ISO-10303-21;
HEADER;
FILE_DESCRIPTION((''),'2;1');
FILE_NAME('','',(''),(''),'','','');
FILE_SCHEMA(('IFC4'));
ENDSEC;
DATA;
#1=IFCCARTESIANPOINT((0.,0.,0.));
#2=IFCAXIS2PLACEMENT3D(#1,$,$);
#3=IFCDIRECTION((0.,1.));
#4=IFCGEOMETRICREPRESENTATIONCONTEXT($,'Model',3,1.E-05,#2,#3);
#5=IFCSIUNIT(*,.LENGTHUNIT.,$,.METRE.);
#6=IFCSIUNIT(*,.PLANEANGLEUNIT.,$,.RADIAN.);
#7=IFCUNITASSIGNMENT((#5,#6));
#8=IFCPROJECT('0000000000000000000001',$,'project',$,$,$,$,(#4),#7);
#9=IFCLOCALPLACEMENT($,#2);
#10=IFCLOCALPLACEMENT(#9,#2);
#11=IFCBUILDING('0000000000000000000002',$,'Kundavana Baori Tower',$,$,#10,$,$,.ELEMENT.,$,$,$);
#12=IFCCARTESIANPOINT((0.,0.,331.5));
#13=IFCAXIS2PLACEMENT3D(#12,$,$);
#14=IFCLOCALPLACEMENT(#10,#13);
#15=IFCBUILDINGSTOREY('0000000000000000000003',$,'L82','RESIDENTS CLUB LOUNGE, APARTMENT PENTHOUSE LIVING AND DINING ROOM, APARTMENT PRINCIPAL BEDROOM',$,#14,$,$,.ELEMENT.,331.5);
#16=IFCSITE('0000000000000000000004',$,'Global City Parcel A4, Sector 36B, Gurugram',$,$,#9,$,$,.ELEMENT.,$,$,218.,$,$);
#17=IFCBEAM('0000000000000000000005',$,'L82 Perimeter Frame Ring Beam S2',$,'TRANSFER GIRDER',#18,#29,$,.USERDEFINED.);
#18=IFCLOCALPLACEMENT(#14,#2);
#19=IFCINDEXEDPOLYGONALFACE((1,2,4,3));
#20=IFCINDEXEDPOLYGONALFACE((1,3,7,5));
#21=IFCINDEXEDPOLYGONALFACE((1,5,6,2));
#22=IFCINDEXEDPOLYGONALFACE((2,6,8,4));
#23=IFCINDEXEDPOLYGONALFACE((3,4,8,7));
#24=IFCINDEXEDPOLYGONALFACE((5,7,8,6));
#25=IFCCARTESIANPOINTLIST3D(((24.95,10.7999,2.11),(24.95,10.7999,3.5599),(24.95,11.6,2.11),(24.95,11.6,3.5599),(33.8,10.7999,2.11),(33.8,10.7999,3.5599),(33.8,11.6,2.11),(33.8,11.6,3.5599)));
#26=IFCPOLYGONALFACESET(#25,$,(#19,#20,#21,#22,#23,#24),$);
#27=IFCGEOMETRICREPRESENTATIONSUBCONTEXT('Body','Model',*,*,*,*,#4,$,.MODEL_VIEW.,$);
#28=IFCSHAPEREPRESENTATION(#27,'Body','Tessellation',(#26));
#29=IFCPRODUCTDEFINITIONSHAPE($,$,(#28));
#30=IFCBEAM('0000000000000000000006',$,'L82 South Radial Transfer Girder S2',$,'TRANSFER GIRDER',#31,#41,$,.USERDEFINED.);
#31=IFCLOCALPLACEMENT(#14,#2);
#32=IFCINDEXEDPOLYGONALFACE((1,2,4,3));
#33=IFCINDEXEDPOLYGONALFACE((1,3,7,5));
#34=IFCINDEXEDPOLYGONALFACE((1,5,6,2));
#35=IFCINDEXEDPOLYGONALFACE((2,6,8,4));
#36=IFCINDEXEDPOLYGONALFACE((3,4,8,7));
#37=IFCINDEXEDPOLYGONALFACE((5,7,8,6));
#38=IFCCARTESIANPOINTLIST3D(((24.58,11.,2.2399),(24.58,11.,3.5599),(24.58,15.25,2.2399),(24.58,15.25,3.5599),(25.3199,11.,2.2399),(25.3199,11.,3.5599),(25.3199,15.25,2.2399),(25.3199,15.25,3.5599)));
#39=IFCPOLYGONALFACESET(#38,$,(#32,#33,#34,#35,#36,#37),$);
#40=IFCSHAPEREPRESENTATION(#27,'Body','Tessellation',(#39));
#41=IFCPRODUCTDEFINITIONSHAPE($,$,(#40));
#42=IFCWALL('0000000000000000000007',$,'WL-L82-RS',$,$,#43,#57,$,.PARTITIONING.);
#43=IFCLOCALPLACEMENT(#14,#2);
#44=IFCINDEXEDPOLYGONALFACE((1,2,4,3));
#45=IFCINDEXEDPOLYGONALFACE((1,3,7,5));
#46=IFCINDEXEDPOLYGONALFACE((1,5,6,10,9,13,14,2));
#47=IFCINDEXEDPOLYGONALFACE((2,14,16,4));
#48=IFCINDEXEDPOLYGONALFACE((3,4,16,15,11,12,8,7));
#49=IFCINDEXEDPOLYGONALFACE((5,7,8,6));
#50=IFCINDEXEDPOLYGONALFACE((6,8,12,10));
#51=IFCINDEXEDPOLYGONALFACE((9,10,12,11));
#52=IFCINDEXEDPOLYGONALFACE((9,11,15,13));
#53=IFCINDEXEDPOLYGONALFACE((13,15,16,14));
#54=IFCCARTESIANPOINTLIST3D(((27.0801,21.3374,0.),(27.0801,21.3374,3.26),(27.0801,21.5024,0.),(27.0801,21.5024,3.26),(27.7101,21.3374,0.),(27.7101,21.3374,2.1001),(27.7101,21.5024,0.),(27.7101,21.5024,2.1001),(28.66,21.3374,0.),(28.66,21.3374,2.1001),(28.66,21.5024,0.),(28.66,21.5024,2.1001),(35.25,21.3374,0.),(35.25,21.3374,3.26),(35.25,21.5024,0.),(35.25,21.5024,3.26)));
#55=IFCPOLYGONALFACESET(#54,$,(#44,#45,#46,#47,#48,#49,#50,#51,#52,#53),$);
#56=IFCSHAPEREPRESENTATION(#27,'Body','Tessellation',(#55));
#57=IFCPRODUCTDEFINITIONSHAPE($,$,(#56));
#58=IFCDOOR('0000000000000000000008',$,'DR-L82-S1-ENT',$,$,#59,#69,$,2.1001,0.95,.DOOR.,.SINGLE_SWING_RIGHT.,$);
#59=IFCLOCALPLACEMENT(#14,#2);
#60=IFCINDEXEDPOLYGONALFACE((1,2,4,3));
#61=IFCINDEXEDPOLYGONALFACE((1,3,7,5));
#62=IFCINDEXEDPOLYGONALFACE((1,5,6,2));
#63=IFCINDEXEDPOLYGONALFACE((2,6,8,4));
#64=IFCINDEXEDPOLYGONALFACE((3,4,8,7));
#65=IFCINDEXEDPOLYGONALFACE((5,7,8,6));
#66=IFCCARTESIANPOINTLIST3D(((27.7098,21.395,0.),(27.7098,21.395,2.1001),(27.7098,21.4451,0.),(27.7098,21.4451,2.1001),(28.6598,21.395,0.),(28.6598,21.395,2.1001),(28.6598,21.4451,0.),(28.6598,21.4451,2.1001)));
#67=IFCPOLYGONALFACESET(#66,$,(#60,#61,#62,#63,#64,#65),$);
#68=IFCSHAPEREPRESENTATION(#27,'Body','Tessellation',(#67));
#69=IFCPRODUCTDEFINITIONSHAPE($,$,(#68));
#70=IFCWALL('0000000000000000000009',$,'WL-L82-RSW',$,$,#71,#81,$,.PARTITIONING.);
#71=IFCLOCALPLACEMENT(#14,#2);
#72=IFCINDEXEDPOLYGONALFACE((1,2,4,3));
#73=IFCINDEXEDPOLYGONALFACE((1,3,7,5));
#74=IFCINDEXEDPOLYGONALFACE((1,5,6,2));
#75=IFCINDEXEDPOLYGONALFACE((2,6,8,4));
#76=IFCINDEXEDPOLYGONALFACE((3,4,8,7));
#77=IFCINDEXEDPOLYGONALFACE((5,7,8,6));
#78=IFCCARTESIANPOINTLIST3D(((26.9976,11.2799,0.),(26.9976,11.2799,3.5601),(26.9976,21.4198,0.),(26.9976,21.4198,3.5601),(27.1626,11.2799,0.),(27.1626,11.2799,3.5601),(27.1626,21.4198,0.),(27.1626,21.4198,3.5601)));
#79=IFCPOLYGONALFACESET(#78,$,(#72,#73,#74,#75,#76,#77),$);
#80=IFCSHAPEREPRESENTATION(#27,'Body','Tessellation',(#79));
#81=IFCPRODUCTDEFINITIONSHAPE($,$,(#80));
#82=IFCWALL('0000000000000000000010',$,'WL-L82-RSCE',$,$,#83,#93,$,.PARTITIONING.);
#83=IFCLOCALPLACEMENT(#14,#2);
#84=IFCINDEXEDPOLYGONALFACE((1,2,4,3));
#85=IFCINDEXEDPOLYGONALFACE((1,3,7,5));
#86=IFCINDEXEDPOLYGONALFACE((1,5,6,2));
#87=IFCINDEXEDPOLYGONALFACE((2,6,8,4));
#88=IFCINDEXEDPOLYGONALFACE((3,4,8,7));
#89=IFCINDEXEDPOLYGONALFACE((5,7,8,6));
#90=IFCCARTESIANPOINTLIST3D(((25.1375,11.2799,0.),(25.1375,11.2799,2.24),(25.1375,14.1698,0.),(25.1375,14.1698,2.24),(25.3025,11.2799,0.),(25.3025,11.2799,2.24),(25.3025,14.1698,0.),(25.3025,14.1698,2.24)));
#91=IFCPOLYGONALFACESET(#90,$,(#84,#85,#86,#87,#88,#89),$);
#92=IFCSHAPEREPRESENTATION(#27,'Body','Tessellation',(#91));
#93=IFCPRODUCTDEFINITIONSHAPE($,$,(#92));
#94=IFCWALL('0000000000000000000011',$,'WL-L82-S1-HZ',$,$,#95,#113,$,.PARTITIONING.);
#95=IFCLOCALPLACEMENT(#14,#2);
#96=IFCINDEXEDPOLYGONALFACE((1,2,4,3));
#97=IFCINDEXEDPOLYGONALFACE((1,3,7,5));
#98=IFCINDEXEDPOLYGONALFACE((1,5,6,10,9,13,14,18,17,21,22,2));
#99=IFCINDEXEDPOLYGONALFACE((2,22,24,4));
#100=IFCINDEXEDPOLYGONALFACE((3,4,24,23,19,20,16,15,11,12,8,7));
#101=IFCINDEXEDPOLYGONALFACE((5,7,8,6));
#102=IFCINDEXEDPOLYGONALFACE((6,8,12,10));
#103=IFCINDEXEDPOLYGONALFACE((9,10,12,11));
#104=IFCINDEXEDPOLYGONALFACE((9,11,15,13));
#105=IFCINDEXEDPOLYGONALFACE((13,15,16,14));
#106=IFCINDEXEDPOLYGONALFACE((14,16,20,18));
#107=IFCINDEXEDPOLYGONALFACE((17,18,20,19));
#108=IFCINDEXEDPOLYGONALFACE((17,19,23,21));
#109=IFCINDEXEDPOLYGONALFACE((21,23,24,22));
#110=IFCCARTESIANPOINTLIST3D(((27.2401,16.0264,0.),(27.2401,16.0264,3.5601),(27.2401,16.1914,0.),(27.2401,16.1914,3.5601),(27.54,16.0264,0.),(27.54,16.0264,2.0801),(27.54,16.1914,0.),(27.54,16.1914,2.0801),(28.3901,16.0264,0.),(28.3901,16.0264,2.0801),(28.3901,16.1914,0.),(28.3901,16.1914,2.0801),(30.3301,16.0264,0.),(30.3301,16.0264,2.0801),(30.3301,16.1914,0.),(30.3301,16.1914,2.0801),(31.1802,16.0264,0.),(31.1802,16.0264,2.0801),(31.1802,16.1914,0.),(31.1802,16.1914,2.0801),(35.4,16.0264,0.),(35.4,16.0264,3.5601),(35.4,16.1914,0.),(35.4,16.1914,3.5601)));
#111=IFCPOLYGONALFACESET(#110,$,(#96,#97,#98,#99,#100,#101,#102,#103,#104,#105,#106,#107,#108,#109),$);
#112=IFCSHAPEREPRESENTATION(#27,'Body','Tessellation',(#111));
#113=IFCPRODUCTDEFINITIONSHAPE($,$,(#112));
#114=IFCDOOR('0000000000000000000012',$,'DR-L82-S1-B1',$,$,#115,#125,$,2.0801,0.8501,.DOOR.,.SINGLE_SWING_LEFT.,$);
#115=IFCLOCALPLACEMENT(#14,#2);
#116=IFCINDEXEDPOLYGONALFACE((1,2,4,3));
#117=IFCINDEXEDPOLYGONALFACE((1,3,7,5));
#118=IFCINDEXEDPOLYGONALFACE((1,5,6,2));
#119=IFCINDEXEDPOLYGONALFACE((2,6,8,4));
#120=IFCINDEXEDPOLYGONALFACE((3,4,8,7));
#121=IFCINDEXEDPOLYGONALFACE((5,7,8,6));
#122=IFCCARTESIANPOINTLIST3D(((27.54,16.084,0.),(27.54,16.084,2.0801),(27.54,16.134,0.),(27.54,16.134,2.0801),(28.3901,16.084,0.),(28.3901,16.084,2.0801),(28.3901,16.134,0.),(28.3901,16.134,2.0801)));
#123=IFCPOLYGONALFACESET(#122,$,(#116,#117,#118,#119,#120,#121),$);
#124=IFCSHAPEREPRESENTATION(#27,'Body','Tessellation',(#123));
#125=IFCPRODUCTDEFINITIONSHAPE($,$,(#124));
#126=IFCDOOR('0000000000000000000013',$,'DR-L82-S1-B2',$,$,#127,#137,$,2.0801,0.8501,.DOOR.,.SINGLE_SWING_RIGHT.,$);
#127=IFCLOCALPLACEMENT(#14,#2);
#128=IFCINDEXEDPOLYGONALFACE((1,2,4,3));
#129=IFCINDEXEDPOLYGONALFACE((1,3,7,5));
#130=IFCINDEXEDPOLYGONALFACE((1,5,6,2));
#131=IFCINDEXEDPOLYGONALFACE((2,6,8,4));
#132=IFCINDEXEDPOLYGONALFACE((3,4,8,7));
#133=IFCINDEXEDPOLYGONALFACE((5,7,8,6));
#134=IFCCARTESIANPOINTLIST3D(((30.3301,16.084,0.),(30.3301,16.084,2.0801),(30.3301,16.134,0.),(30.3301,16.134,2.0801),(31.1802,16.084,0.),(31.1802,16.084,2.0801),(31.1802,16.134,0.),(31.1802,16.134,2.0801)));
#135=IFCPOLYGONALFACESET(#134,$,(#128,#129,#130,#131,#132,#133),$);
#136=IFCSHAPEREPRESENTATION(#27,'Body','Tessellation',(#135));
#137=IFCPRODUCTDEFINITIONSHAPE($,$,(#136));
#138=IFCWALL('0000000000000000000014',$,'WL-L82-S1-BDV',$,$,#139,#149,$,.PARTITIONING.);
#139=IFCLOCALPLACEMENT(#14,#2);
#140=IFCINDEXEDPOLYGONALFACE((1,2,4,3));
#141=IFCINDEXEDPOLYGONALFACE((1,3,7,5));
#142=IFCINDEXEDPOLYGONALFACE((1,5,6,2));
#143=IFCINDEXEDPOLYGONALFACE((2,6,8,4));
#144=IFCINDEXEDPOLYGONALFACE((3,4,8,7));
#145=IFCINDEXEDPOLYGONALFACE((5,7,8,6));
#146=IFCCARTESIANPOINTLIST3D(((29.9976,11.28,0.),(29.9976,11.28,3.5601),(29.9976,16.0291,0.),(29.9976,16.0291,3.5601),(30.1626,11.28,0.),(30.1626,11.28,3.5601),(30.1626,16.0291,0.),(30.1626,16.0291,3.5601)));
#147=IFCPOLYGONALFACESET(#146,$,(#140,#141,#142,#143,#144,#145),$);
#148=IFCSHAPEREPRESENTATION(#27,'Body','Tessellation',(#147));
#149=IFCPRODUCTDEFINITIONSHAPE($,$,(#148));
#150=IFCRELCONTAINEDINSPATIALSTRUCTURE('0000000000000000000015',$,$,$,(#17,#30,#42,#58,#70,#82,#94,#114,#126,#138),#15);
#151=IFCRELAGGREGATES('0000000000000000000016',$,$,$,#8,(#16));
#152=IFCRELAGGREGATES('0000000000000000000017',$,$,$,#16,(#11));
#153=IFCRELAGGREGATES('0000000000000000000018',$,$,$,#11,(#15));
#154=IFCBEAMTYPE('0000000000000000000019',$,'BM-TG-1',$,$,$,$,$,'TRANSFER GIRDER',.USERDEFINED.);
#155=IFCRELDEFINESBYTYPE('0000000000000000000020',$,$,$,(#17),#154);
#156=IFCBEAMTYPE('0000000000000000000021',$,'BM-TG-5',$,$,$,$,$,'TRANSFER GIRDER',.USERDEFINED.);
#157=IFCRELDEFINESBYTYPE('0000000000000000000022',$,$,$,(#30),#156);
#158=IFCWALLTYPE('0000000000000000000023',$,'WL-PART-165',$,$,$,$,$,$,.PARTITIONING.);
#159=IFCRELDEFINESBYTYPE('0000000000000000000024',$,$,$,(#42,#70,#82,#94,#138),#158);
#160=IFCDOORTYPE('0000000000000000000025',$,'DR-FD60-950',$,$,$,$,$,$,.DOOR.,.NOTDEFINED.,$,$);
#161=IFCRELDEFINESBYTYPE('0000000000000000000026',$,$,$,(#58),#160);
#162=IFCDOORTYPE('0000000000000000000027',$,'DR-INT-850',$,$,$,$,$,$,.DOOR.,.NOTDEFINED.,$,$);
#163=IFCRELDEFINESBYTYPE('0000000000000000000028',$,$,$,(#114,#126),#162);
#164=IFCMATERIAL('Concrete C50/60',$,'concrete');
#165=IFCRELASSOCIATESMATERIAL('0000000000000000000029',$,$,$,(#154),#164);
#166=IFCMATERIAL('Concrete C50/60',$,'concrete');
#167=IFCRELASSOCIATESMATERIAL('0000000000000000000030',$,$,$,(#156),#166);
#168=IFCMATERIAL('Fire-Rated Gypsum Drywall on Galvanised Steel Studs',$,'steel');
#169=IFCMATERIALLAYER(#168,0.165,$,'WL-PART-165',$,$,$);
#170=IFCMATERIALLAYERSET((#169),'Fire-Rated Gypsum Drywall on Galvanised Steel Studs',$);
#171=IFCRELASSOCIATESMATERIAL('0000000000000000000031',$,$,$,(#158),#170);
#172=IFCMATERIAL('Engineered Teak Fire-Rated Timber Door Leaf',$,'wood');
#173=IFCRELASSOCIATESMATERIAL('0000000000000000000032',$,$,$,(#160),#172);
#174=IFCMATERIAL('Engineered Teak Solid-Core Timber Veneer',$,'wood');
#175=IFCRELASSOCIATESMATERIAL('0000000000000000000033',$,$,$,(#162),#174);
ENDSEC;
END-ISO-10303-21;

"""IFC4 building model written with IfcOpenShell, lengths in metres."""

from ifc_helpers import new_model, si_unit, direction, frame, frame_2d, origin, origin_2d, place, context, subcontext, project, spatial, rectangle, extrude, material, layer, layer_set, material_profile, profile_set, type_object, element, fill, save


model = new_model("IFC4")

# Units and contexts
model_context = context("Model", 3, precision=1e-05, world=origin(), true_north=direction((0.0, 1.0)))
body_context = subcontext(model_context, "Body", "Model", "MODEL_VIEW")
ifc_project = project(units=[si_unit("LENGTHUNIT", "METRE"), si_unit("PLANEANGLEUNIT", "RADIAN")], contexts=[model_context])

# Site, building, storey
site_placement = place(None, origin())
site = spatial("IfcSite", under=ifc_project, at=site_placement, Name="Global City Parcel A4, Sector 36B, Gurugram", CompositionType="ELEMENT", RefElevation=218.0)
building_placement = place(site_placement, origin())
building = spatial("IfcBuilding", under=site, at=building_placement, Name="Kundavana Baori Tower", CompositionType="ELEMENT")
storey_placement = place(building_placement, frame((0.0, 0.0, 331.5)))
storey = spatial("IfcBuildingStorey", under=building, at=storey_placement, Name="L82", Description="RESIDENTS CLUB LOUNGE, APARTMENT PENTHOUSE LIVING AND DINING ROOM, APARTMENT PRINCIPAL BEDROOM", CompositionType="ELEMENT", Elevation=331.5)

# Beams
ifc_material_1 = material(Name="Concrete C50/60", Category="concrete")
ifc_material_profile_1 = material_profile(ifc_material_1, rectangle(XDim=0.8, YDim=1.45, at=origin_2d()), Name="BM-TG-1")
ifc_profile_set_1 = profile_set([ifc_material_profile_1], Name="Concrete C50/60")
beam_type_1 = type_object("IfcBeamType", Name="BM-TG-1", ElementType="TRANSFER GIRDER", PredefinedType="USERDEFINED", material=ifc_profile_set_1)
beam_1_placement = place(storey_placement, frame((24.95, 11.2, 2.835), z_axis=(1.0, 0.0, 0.0), x_axis=(0.0, 1.0, 0.0)))
element("IfcBeam", 1, at=beam_1_placement, inside=storey, type_object=beam_type_1, Name="L82 Perimeter Frame Ring Beam S2", ObjectType="TRANSFER GIRDER", PredefinedType="USERDEFINED", context=body_context, shape_type="SweptSolid", body=[
    extrude(rectangle(XDim=0.8, YDim=1.45, at=origin_2d()), origin(), (0.0, 0.0, 1.0), 8.8501),
])
ifc_material_2 = material(Name="Concrete C50/60", Category="concrete")
ifc_material_profile_2 = material_profile(ifc_material_2, rectangle(XDim=0.74, YDim=1.3201, at=origin_2d()), Name="BM-TG-5")
ifc_profile_set_2 = profile_set([ifc_material_profile_2], Name="Concrete C50/60")
beam_type_2 = type_object("IfcBeamType", Name="BM-TG-5", ElementType="TRANSFER GIRDER", PredefinedType="USERDEFINED", material=ifc_profile_set_2)
beam_2_placement = place(storey_placement, frame((24.95, 15.25, 2.8999), z_axis=(0.0, -1.0, 0.0), x_axis=(1.0, 0.0, 0.0)))
element("IfcBeam", 2, at=beam_2_placement, inside=storey, type_object=beam_type_2, Name="L82 South Radial Transfer Girder S2", ObjectType="TRANSFER GIRDER", PredefinedType="USERDEFINED", context=body_context, shape_type="SweptSolid", body=[
    extrude(rectangle(XDim=0.74, YDim=1.3201, at=origin_2d()), origin(), (0.0, 0.0, 1.0), 4.25),
])

# Wall, opening, door
ifc_material_3 = material(Name="Fire-Rated Gypsum Drywall on Galvanised Steel Studs", Category="steel")
ifc_layer_1 = layer(ifc_material_3, 0.165, Name="WL-PART-165")
ifc_layer_set_1 = layer_set([ifc_layer_1], Name="Fire-Rated Gypsum Drywall on Galvanised Steel Studs")
wall_type_1 = type_object("IfcWallType", Name="WL-PART-165", PredefinedType="PARTITIONING", material=ifc_layer_set_1)
wall_1_placement = place(storey_placement, frame((27.0801, 21.4199, 0.0), z_axis=(0.0, 0.0, 1.0), x_axis=(1.0, 0.0, 0.0)))
wall_1 = element("IfcWall", 3, at=wall_1_placement, inside=storey, type_object=wall_type_1, Name="WL-L82-RS", PredefinedType="PARTITIONING", context=body_context, shape_type="SweptSolid", body=[
    extrude(rectangle(XDim=8.1699, YDim=0.165, at=frame_2d((4.085, 0.0))), origin(), (0.0, 0.0, 1.0), 3.26),
])
opening_1_placement = place(wall_1_placement, frame((0.6299, 0.0, 0.0)))
opening_1 = element("IfcOpeningElement", 4, at=opening_1_placement, cuts=wall_1, PredefinedType="OPENING", context=body_context, shape_type="SweptSolid", body=[
    extrude(rectangle(XDim=0.95, YDim=2.1001, at=frame_2d((0.4751, 1.05))), frame((0.0, 0.0925, 0.0), z_axis=(0.0, -1.0, 0.0), x_axis=(1.0, 0.0, 0.0)), (0.0, 0.0, 1.0), 0.1851),
])
ifc_material_4 = material(Name="Engineered Teak Fire-Rated Timber Door Leaf", Category="wood")
door_type_1 = type_object("IfcDoorType", Name="DR-FD60-950", OperationType="NOTDEFINED", PredefinedType="DOOR", material=ifc_material_4)
door_1_placement = place(opening_1_placement, frame((0.95, 0.0, 0.0), z_axis=(0.0, 0.0, 1.0), x_axis=(-1.0, 0.0, 0.0)))
door_1 = element("IfcDoor", 5, at=door_1_placement, inside=storey, type_object=door_type_1, Name="DR-L82-S1-ENT", OperationType="SINGLE_SWING_RIGHT", OverallHeight=2.1001, OverallWidth=0.95, PredefinedType="DOOR", context=body_context, shape_type="SweptSolid", body=[
    extrude(rectangle(XDim=0.95, YDim=2.1001, at=frame_2d((0.4751, 1.05))), frame((0.0, 0.0249, 0.0), z_axis=(0.0, -1.0, 0.0), x_axis=(1.0, 0.0, 0.0)), (0.0, 0.0, 1.0), 0.05),
])
fill(opening_1, door_1)

# Walls
wall_2_placement = place(storey_placement, frame((27.0801, 11.28, 0.0), z_axis=(0.0, 0.0, 1.0), x_axis=(0.0, 1.0, 0.0)))
element("IfcWall", 6, at=wall_2_placement, inside=storey, type_object=wall_type_1, Name="WL-L82-RSW", PredefinedType="PARTITIONING", context=body_context, shape_type="SweptSolid", body=[
    extrude(rectangle(XDim=10.1399, YDim=0.165, at=frame_2d((5.0698, 0.0))), origin(), (0.0, 0.0, 1.0), 3.5601),
])
wall_3_placement = place(storey_placement, frame((25.22, 11.28, 0.0), z_axis=(0.0, 0.0, 1.0), x_axis=(0.0, 1.0, 0.0)))
element("IfcWall", 7, at=wall_3_placement, inside=storey, type_object=wall_type_1, Name="WL-L82-RSCE", PredefinedType="PARTITIONING", context=body_context, shape_type="SweptSolid", body=[
    extrude(rectangle(XDim=2.8899, YDim=0.165, at=frame_2d((1.4448, 0.0))), origin(), (0.0, 0.0, 1.0), 2.24),
])

# Wall, openings, doors
wall_4_placement = place(storey_placement, frame((27.24, 16.1089, 0.0), z_axis=(0.0, 0.0, 1.0), x_axis=(1.0, 0.0, 0.0)))
wall_4 = element("IfcWall", 8, at=wall_4_placement, inside=storey, type_object=wall_type_1, Name="WL-L82-S1-HZ", PredefinedType="PARTITIONING", context=body_context, shape_type="SweptSolid", body=[
    extrude(rectangle(XDim=8.1599, YDim=0.165, at=frame_2d((4.0801, 0.0))), origin(), (0.0, 0.0, 1.0), 3.5601),
])
opening_2_placement = place(wall_4_placement, frame((0.3, 0.0, 0.0)))
opening_2 = element("IfcOpeningElement", 9, at=opening_2_placement, cuts=wall_4, PredefinedType="OPENING", context=body_context, shape_type="SweptSolid", body=[
    extrude(rectangle(XDim=0.8501, YDim=2.0801, at=frame_2d((0.425, 1.04))), frame((0.0, 0.0925, 0.0), z_axis=(0.0, -1.0, 0.0), x_axis=(1.0, 0.0, 0.0)), (0.0, 0.0, 1.0), 0.1851),
])
opening_3_placement = place(wall_4_placement, frame((3.0901, 0.0, 0.0)))
opening_3 = element("IfcOpeningElement", 10, at=opening_3_placement, cuts=wall_4, PredefinedType="OPENING", context=body_context, shape_type="SweptSolid", body=[
    extrude(rectangle(XDim=0.8501, YDim=2.0801, at=frame_2d((0.425, 1.04))), frame((0.0, 0.0925, 0.0), z_axis=(0.0, -1.0, 0.0), x_axis=(1.0, 0.0, 0.0)), (0.0, 0.0, 1.0), 0.1851),
])
ifc_material_5 = material(Name="Engineered Teak Solid-Core Timber Veneer", Category="wood")
door_type_2 = type_object("IfcDoorType", Name="DR-INT-850", OperationType="NOTDEFINED", PredefinedType="DOOR", material=ifc_material_5)
door_2_placement = place(opening_2_placement, frame((0.8501, 0.0, 0.0), z_axis=(0.0, 0.0, 1.0), x_axis=(-1.0, 0.0, 0.0)))
door_2 = element("IfcDoor", 11, at=door_2_placement, inside=storey, type_object=door_type_2, Name="DR-L82-S1-B1", OperationType="SINGLE_SWING_LEFT", OverallHeight=2.0801, OverallWidth=0.8501, PredefinedType="DOOR", context=body_context, shape_type="SweptSolid", body=[
    extrude(rectangle(XDim=0.8501, YDim=2.0801, at=frame_2d((0.425, 1.04))), frame((0.0, 0.0249, 0.0), z_axis=(0.0, -1.0, 0.0), x_axis=(1.0, 0.0, 0.0)), (0.0, 0.0, 1.0), 0.05),
])
fill(opening_2, door_2)
door_3_placement = place(opening_3_placement, frame((0.8501, 0.0, 0.0), z_axis=(0.0, 0.0, 1.0), x_axis=(-1.0, 0.0, 0.0)))
door_3 = element("IfcDoor", 12, at=door_3_placement, inside=storey, type_object=door_type_2, Name="DR-L82-S1-B2", OperationType="SINGLE_SWING_RIGHT", OverallHeight=2.0801, OverallWidth=0.8501, PredefinedType="DOOR", context=body_context, shape_type="SweptSolid", body=[
    extrude(rectangle(XDim=0.8501, YDim=2.0801, at=frame_2d((0.425, 1.04))), frame((0.0, 0.0249, 0.0), z_axis=(0.0, -1.0, 0.0), x_axis=(1.0, 0.0, 0.0)), (0.0, 0.0, 1.0), 0.05),
])
fill(opening_3, door_3)

# Wall
wall_5_placement = place(storey_placement, frame((30.0801, 11.28, 0.0), z_axis=(0.0, 0.0, 1.0), x_axis=(0.0, 1.0, 0.0)))
element("IfcWall", 13, at=wall_5_placement, inside=storey, type_object=wall_type_1, Name="WL-L82-S1-BDV", PredefinedType="PARTITIONING", context=body_context, shape_type="SweptSolid", body=[
    extrude(rectangle(XDim=4.749, YDim=0.165, at=frame_2d((2.3745, 0.0))), origin(), (0.0, 0.0, 1.0), 3.5601),
])

save(model, "model.ifc")
